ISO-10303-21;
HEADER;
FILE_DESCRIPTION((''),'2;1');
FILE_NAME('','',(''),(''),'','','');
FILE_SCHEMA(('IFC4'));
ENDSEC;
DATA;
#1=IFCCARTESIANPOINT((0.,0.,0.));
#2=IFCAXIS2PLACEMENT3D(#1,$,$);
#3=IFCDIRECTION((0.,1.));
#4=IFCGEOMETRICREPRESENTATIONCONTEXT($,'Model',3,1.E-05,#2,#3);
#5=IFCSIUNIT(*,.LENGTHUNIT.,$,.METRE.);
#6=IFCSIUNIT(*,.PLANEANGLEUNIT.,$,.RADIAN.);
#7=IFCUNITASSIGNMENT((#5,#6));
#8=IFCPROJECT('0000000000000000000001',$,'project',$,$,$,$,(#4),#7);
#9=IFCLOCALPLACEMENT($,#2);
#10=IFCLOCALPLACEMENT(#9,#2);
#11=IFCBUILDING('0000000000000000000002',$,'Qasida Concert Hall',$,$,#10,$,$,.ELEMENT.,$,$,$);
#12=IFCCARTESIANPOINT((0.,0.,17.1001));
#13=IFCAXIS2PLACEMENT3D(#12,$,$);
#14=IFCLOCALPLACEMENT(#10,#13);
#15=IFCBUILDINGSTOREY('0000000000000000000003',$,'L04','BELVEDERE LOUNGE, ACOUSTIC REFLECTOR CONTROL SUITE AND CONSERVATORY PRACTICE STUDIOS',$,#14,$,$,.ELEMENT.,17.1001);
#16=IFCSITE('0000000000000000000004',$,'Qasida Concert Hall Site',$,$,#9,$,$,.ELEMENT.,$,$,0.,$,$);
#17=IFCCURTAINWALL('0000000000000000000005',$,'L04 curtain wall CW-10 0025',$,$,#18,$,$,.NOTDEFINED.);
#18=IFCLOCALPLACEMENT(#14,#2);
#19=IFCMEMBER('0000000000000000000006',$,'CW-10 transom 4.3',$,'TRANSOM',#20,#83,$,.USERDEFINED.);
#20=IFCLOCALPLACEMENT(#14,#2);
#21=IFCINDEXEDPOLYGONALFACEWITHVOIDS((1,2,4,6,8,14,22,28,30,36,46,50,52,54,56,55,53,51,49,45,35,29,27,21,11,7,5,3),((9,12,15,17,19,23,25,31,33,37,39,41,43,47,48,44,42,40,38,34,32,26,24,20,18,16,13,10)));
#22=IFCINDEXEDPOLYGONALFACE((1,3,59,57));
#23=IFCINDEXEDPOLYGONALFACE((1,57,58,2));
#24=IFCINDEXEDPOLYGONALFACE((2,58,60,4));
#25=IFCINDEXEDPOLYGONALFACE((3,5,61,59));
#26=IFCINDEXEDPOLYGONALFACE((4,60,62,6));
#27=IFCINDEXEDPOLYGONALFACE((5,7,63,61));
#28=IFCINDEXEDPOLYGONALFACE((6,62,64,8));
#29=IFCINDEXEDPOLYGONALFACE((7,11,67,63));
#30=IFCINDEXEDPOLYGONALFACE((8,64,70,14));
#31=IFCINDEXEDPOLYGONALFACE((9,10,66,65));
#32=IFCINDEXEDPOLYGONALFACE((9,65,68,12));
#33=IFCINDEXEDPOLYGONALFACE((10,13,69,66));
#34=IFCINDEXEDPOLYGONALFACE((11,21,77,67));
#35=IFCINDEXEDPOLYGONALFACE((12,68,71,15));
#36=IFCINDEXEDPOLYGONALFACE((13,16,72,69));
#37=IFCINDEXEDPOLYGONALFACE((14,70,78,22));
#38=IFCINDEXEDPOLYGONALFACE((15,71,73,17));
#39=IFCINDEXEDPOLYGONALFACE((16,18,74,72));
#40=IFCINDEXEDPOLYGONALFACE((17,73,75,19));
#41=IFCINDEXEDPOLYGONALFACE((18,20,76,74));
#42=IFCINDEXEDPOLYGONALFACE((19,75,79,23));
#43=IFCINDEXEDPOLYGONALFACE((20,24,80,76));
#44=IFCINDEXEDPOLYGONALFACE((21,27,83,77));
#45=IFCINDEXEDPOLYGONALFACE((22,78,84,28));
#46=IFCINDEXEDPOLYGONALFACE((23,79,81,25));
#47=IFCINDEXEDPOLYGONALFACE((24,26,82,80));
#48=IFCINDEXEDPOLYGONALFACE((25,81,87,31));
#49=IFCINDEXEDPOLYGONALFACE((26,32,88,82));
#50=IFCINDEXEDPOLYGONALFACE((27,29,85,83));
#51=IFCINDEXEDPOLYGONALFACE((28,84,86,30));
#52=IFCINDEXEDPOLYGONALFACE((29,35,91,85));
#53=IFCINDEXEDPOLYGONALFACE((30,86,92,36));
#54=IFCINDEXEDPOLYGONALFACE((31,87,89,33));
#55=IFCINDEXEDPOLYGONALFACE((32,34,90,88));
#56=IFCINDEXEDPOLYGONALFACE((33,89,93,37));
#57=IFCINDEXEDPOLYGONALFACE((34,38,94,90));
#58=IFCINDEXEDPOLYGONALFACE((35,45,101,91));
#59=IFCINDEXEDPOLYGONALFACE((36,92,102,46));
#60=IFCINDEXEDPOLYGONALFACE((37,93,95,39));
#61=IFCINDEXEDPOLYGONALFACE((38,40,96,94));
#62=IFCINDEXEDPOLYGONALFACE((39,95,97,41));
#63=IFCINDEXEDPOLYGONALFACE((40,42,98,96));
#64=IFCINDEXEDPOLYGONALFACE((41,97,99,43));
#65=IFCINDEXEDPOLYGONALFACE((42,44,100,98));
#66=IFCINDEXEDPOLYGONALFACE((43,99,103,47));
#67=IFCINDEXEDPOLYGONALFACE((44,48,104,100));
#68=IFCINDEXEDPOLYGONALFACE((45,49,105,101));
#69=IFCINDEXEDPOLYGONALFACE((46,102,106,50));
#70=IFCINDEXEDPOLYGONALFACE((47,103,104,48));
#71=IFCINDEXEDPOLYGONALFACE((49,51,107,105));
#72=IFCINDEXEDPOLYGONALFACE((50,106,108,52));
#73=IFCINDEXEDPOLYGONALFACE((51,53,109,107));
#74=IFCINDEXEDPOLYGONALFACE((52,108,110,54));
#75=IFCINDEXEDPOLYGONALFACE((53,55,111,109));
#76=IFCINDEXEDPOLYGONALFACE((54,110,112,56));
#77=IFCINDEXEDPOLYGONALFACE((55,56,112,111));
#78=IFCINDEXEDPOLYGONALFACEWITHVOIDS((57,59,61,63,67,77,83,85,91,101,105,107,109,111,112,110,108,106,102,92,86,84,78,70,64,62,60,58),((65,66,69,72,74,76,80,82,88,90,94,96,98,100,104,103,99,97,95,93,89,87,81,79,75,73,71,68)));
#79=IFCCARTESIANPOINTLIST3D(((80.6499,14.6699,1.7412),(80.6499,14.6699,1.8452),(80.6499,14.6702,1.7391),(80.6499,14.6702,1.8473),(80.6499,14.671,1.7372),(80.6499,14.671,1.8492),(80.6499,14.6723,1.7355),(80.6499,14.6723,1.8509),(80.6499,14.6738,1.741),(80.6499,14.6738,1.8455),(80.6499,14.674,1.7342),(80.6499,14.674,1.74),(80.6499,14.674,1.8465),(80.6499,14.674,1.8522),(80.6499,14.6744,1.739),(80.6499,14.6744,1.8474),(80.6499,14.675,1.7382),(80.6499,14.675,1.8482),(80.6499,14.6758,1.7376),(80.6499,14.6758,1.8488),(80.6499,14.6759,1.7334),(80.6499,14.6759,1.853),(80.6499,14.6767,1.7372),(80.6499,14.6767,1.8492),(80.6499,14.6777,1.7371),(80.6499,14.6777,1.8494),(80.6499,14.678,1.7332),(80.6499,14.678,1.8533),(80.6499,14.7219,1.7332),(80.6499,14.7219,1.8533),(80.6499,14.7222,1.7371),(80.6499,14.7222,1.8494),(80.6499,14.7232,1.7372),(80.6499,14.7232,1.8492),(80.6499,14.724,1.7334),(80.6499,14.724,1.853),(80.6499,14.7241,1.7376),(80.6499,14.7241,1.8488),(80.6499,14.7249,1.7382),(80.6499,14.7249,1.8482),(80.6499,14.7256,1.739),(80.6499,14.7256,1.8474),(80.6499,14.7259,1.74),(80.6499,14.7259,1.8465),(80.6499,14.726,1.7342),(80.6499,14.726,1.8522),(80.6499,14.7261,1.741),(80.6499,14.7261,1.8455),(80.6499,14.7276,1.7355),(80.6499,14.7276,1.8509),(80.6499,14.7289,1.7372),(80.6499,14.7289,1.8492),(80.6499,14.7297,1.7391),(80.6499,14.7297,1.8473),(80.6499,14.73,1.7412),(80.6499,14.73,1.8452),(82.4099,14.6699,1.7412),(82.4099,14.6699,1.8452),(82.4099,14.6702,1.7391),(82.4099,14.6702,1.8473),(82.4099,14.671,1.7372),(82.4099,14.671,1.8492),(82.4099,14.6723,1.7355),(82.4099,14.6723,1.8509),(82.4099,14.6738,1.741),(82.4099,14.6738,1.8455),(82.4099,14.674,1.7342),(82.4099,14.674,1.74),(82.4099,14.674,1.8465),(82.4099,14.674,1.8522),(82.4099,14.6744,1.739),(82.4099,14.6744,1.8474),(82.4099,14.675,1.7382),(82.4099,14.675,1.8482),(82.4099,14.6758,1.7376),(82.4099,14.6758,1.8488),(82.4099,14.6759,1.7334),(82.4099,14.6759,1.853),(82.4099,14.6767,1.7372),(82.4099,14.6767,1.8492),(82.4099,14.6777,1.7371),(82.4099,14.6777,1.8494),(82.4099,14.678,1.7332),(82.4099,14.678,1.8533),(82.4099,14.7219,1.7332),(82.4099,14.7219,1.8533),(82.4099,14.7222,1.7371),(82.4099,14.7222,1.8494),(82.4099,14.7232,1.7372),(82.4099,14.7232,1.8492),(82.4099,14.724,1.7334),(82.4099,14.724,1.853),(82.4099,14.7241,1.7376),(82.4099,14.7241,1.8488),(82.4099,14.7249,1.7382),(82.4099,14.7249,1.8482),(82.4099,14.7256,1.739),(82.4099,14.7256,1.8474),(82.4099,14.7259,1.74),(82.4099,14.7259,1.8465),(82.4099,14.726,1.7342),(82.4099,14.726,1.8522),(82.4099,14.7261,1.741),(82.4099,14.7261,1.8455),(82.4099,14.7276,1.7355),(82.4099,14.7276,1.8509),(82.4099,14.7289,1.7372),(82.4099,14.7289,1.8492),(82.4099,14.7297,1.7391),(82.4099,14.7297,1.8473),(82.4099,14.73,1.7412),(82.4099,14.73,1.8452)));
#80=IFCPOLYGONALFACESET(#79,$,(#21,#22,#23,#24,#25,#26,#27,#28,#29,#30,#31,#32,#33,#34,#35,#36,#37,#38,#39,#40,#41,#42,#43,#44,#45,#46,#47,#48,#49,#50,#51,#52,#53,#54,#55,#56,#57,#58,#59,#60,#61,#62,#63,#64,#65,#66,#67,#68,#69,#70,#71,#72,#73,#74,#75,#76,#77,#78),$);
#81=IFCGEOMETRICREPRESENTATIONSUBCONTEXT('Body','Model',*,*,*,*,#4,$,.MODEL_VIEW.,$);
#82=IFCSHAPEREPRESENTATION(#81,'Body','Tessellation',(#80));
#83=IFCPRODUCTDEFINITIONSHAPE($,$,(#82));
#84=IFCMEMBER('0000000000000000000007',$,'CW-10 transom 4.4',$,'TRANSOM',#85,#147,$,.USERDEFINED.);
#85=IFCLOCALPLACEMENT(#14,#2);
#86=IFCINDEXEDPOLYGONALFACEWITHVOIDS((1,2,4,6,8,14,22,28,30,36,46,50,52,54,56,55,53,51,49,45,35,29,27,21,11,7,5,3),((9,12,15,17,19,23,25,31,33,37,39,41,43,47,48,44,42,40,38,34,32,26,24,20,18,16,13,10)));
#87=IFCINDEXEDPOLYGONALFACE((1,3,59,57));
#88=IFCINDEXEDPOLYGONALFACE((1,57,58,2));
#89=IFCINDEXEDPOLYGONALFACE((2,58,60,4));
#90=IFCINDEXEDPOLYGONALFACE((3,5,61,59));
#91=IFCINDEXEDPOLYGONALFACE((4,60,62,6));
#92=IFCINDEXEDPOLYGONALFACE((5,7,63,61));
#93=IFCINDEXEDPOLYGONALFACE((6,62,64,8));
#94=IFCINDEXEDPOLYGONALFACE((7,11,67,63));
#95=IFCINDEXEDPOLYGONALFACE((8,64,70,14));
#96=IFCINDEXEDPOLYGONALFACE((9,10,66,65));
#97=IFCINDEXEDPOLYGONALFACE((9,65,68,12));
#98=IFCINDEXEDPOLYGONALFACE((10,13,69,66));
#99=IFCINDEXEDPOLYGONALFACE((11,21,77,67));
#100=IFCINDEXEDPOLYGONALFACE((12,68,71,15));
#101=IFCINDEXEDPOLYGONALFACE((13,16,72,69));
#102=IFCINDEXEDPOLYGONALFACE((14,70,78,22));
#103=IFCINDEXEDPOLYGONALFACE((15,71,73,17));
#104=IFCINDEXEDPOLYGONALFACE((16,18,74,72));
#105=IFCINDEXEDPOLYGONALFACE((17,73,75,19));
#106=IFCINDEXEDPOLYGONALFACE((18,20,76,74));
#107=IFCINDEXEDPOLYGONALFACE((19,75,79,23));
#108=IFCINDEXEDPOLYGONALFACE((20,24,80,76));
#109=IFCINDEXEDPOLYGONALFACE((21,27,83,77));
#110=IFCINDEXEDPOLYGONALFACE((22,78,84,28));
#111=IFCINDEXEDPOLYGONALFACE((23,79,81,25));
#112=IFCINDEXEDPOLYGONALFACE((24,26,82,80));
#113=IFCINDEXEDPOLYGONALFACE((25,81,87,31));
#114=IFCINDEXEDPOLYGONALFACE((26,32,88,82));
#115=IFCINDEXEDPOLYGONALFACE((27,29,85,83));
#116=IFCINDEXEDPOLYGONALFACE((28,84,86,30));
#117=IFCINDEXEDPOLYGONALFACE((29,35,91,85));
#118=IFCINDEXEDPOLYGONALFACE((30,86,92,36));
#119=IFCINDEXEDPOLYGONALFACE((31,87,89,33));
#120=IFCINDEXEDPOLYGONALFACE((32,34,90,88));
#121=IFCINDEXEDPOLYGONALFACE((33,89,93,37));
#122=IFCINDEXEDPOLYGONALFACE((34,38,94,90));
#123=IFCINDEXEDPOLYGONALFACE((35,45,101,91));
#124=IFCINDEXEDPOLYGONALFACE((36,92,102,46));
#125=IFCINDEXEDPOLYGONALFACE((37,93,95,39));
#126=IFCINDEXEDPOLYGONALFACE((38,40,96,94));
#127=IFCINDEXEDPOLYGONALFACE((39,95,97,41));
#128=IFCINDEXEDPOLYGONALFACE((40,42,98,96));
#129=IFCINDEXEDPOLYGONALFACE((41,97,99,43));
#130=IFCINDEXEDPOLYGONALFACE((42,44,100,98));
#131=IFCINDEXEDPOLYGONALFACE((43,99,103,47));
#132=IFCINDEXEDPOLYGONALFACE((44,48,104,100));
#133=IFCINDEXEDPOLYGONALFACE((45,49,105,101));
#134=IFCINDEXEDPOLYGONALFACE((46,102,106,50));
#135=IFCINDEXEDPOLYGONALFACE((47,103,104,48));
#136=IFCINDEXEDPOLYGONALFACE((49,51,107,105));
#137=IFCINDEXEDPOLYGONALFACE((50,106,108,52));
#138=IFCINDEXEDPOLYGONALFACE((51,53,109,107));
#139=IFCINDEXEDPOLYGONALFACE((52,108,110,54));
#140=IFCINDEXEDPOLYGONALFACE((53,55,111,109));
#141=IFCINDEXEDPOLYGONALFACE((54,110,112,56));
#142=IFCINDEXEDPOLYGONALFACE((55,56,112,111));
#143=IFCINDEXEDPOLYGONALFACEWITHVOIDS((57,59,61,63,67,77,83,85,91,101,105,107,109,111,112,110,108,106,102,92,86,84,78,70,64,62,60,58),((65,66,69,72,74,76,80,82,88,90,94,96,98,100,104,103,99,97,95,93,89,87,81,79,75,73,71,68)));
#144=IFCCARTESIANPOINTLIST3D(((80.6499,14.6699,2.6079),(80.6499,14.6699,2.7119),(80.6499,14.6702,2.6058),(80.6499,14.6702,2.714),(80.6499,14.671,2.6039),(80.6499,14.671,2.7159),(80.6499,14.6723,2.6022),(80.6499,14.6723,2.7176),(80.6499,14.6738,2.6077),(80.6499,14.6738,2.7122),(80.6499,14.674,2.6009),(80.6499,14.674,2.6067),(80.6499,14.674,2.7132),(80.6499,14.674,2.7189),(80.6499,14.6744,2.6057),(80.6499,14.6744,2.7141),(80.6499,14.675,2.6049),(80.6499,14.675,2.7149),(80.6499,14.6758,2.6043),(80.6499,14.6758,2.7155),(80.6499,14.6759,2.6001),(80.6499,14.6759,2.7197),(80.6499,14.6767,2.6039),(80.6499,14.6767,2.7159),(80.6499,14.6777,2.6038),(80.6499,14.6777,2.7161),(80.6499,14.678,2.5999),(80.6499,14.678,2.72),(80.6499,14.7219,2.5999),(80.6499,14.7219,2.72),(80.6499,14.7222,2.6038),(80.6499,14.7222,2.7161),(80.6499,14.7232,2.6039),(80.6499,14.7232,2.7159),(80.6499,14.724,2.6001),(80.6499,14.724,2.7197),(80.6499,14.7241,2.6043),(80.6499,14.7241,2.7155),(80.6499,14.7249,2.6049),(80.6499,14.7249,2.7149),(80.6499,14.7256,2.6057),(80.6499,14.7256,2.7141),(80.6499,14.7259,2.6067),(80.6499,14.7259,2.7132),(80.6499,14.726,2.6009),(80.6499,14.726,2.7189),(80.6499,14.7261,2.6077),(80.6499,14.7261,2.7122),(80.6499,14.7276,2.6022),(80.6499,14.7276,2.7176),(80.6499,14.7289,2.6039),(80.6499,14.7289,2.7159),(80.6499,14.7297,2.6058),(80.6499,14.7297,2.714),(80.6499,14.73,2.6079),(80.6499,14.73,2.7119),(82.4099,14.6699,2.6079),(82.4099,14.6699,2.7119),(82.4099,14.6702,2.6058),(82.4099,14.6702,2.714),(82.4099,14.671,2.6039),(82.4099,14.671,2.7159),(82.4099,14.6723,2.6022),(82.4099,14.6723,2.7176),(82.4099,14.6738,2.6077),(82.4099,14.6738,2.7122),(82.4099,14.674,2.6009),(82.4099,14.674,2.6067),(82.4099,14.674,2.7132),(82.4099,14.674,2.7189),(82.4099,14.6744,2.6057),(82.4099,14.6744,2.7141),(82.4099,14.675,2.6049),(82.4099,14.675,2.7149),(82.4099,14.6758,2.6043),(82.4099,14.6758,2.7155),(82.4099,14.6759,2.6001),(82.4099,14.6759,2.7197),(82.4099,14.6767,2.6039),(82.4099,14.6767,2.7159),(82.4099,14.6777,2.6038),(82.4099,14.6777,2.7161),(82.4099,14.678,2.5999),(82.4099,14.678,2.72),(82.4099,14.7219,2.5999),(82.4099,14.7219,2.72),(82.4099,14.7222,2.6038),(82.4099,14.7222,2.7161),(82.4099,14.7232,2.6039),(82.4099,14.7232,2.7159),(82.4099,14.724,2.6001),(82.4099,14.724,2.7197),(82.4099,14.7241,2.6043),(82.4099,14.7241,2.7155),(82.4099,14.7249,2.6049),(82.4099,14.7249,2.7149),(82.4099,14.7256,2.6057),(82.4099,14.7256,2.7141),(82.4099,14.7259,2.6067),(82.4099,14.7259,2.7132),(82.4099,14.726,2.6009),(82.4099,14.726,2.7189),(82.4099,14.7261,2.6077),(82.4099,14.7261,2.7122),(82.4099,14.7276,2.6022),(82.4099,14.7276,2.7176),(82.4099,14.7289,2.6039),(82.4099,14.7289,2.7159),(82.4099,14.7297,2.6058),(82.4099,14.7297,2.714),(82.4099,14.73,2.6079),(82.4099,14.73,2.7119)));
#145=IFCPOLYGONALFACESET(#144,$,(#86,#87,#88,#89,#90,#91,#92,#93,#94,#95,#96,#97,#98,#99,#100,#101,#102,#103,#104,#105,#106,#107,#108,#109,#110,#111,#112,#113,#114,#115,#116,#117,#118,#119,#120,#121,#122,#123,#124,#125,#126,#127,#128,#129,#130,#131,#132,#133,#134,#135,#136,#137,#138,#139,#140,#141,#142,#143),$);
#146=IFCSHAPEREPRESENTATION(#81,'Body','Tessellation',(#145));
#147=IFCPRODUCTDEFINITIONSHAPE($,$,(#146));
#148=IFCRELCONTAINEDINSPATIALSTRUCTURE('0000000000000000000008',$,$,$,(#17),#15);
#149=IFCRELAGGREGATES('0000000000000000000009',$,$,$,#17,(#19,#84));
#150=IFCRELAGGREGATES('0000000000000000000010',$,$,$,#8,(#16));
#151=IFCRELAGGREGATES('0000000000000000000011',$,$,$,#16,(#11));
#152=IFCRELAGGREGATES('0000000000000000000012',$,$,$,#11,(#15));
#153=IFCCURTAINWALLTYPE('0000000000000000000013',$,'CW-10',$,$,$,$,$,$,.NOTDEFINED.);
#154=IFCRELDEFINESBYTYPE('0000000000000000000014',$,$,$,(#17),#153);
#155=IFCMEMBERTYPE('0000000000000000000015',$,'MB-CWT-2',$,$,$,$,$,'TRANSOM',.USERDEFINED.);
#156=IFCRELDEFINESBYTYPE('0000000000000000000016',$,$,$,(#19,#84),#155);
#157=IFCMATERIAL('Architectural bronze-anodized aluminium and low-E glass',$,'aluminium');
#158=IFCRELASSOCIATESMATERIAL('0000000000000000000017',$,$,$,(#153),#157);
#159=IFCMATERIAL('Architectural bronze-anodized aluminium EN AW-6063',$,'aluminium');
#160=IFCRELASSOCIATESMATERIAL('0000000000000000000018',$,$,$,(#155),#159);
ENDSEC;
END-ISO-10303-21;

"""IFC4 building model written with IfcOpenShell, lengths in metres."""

from ifc_helpers import new_model, si_unit, direction, frame, origin, origin_2d, place, context, subcontext, project, spatial, hollow_rectangle, extrude, material, material_profile, profile_set, type_object, element, aggregate, save


model = new_model("IFC4")

# Units and contexts
model_context = context("Model", 3, precision=1e-05, world=origin(), true_north=direction((0.0, 1.0)))
body_context = subcontext(model_context, "Body", "Model", "MODEL_VIEW")
ifc_project = project(units=[si_unit("LENGTHUNIT", "METRE"), si_unit("PLANEANGLEUNIT", "RADIAN")], contexts=[model_context])

# Site, building, storey
site_placement = place(None, origin())
site = spatial("IfcSite", under=ifc_project, at=site_placement, Name="Qasida Concert Hall Site", CompositionType="ELEMENT", RefElevation=0.0)
building_placement = place(site_placement, origin())
building = spatial("IfcBuilding", under=site, at=building_placement, Name="Qasida Concert Hall", CompositionType="ELEMENT")
storey_placement = place(building_placement, frame((0.0, 0.0, 17.1001)))
storey = spatial("IfcBuildingStorey", under=building, at=storey_placement, Name="L04", Description="BELVEDERE LOUNGE, ACOUSTIC REFLECTOR CONTROL SUITE AND CONSERVATORY PRACTICE STUDIOS", CompositionType="ELEMENT", Elevation=17.1001)

# Curtain wall
ifc_material_1 = material(Name="Architectural bronze-anodized aluminium and low-E glass", Category="aluminium")
curtain_wall_type = type_object("IfcCurtainWallType", Name="CW-10", PredefinedType="NOTDEFINED", material=ifc_material_1)
curtain_wall_1_placement = place(storey_placement, origin())
curtain_wall_1 = element("IfcCurtainWall", 1, at=curtain_wall_1_placement, inside=storey, type_object=curtain_wall_type, Name="L04 curtain wall CW-10 0025", PredefinedType="NOTDEFINED")
ifc_material_2 = material(Name="Architectural bronze-anodized aluminium EN AW-6063", Category="aluminium")

# Members
ifc_material_profile_1 = material_profile(ifc_material_2, hollow_rectangle(XDim=0.0601, YDim=0.1201, WallThickness=0.0039, InnerFilletRadius=0.0039, OuterFilletRadius=0.0081, at=origin_2d()), Name="CWT 120x60x4")
ifc_profile_set_1 = profile_set([ifc_material_profile_1], Name="Architectural bronze-anodized aluminium EN AW-6063")
member_type_1 = type_object("IfcMemberType", Name="MB-CWT-2", ElementType="TRANSOM", PredefinedType="USERDEFINED", material=ifc_profile_set_1)
member_1_placement = place(storey_placement, frame((80.6499, 14.7, 1.7932), z_axis=(1.0, 0.0, 0.0), x_axis=(0.0, 1.0, 0.0)))
member_1 = element("IfcMember", 2, at=member_1_placement, type_object=member_type_1, Name="CW-10 transom 4.3", ObjectType="TRANSOM", PredefinedType="USERDEFINED", context=body_context, shape_type="SweptSolid", body=[
    extrude(hollow_rectangle(XDim=0.0601, YDim=0.1201, WallThickness=0.0039, InnerFilletRadius=0.0039, OuterFilletRadius=0.0081, at=origin_2d()), origin(), (0.0, 0.0, 1.0), 1.76),
])
member_2_placement = place(storey_placement, frame((80.6499, 14.7, 2.6599), z_axis=(1.0, 0.0, 0.0), x_axis=(0.0, 1.0, 0.0)))
member_2 = element("IfcMember", 3, at=member_2_placement, type_object=member_type_1, Name="CW-10 transom 4.4", ObjectType="TRANSOM", PredefinedType="USERDEFINED", context=body_context, shape_type="SweptSolid", body=[
    extrude(hollow_rectangle(XDim=0.0601, YDim=0.1201, WallThickness=0.0039, InnerFilletRadius=0.0039, OuterFilletRadius=0.0081, at=origin_2d()), origin(), (0.0, 0.0, 1.0), 1.76),
])

aggregate(curtain_wall_1, [member_1, member_2])

save(model, "model.ifc")
